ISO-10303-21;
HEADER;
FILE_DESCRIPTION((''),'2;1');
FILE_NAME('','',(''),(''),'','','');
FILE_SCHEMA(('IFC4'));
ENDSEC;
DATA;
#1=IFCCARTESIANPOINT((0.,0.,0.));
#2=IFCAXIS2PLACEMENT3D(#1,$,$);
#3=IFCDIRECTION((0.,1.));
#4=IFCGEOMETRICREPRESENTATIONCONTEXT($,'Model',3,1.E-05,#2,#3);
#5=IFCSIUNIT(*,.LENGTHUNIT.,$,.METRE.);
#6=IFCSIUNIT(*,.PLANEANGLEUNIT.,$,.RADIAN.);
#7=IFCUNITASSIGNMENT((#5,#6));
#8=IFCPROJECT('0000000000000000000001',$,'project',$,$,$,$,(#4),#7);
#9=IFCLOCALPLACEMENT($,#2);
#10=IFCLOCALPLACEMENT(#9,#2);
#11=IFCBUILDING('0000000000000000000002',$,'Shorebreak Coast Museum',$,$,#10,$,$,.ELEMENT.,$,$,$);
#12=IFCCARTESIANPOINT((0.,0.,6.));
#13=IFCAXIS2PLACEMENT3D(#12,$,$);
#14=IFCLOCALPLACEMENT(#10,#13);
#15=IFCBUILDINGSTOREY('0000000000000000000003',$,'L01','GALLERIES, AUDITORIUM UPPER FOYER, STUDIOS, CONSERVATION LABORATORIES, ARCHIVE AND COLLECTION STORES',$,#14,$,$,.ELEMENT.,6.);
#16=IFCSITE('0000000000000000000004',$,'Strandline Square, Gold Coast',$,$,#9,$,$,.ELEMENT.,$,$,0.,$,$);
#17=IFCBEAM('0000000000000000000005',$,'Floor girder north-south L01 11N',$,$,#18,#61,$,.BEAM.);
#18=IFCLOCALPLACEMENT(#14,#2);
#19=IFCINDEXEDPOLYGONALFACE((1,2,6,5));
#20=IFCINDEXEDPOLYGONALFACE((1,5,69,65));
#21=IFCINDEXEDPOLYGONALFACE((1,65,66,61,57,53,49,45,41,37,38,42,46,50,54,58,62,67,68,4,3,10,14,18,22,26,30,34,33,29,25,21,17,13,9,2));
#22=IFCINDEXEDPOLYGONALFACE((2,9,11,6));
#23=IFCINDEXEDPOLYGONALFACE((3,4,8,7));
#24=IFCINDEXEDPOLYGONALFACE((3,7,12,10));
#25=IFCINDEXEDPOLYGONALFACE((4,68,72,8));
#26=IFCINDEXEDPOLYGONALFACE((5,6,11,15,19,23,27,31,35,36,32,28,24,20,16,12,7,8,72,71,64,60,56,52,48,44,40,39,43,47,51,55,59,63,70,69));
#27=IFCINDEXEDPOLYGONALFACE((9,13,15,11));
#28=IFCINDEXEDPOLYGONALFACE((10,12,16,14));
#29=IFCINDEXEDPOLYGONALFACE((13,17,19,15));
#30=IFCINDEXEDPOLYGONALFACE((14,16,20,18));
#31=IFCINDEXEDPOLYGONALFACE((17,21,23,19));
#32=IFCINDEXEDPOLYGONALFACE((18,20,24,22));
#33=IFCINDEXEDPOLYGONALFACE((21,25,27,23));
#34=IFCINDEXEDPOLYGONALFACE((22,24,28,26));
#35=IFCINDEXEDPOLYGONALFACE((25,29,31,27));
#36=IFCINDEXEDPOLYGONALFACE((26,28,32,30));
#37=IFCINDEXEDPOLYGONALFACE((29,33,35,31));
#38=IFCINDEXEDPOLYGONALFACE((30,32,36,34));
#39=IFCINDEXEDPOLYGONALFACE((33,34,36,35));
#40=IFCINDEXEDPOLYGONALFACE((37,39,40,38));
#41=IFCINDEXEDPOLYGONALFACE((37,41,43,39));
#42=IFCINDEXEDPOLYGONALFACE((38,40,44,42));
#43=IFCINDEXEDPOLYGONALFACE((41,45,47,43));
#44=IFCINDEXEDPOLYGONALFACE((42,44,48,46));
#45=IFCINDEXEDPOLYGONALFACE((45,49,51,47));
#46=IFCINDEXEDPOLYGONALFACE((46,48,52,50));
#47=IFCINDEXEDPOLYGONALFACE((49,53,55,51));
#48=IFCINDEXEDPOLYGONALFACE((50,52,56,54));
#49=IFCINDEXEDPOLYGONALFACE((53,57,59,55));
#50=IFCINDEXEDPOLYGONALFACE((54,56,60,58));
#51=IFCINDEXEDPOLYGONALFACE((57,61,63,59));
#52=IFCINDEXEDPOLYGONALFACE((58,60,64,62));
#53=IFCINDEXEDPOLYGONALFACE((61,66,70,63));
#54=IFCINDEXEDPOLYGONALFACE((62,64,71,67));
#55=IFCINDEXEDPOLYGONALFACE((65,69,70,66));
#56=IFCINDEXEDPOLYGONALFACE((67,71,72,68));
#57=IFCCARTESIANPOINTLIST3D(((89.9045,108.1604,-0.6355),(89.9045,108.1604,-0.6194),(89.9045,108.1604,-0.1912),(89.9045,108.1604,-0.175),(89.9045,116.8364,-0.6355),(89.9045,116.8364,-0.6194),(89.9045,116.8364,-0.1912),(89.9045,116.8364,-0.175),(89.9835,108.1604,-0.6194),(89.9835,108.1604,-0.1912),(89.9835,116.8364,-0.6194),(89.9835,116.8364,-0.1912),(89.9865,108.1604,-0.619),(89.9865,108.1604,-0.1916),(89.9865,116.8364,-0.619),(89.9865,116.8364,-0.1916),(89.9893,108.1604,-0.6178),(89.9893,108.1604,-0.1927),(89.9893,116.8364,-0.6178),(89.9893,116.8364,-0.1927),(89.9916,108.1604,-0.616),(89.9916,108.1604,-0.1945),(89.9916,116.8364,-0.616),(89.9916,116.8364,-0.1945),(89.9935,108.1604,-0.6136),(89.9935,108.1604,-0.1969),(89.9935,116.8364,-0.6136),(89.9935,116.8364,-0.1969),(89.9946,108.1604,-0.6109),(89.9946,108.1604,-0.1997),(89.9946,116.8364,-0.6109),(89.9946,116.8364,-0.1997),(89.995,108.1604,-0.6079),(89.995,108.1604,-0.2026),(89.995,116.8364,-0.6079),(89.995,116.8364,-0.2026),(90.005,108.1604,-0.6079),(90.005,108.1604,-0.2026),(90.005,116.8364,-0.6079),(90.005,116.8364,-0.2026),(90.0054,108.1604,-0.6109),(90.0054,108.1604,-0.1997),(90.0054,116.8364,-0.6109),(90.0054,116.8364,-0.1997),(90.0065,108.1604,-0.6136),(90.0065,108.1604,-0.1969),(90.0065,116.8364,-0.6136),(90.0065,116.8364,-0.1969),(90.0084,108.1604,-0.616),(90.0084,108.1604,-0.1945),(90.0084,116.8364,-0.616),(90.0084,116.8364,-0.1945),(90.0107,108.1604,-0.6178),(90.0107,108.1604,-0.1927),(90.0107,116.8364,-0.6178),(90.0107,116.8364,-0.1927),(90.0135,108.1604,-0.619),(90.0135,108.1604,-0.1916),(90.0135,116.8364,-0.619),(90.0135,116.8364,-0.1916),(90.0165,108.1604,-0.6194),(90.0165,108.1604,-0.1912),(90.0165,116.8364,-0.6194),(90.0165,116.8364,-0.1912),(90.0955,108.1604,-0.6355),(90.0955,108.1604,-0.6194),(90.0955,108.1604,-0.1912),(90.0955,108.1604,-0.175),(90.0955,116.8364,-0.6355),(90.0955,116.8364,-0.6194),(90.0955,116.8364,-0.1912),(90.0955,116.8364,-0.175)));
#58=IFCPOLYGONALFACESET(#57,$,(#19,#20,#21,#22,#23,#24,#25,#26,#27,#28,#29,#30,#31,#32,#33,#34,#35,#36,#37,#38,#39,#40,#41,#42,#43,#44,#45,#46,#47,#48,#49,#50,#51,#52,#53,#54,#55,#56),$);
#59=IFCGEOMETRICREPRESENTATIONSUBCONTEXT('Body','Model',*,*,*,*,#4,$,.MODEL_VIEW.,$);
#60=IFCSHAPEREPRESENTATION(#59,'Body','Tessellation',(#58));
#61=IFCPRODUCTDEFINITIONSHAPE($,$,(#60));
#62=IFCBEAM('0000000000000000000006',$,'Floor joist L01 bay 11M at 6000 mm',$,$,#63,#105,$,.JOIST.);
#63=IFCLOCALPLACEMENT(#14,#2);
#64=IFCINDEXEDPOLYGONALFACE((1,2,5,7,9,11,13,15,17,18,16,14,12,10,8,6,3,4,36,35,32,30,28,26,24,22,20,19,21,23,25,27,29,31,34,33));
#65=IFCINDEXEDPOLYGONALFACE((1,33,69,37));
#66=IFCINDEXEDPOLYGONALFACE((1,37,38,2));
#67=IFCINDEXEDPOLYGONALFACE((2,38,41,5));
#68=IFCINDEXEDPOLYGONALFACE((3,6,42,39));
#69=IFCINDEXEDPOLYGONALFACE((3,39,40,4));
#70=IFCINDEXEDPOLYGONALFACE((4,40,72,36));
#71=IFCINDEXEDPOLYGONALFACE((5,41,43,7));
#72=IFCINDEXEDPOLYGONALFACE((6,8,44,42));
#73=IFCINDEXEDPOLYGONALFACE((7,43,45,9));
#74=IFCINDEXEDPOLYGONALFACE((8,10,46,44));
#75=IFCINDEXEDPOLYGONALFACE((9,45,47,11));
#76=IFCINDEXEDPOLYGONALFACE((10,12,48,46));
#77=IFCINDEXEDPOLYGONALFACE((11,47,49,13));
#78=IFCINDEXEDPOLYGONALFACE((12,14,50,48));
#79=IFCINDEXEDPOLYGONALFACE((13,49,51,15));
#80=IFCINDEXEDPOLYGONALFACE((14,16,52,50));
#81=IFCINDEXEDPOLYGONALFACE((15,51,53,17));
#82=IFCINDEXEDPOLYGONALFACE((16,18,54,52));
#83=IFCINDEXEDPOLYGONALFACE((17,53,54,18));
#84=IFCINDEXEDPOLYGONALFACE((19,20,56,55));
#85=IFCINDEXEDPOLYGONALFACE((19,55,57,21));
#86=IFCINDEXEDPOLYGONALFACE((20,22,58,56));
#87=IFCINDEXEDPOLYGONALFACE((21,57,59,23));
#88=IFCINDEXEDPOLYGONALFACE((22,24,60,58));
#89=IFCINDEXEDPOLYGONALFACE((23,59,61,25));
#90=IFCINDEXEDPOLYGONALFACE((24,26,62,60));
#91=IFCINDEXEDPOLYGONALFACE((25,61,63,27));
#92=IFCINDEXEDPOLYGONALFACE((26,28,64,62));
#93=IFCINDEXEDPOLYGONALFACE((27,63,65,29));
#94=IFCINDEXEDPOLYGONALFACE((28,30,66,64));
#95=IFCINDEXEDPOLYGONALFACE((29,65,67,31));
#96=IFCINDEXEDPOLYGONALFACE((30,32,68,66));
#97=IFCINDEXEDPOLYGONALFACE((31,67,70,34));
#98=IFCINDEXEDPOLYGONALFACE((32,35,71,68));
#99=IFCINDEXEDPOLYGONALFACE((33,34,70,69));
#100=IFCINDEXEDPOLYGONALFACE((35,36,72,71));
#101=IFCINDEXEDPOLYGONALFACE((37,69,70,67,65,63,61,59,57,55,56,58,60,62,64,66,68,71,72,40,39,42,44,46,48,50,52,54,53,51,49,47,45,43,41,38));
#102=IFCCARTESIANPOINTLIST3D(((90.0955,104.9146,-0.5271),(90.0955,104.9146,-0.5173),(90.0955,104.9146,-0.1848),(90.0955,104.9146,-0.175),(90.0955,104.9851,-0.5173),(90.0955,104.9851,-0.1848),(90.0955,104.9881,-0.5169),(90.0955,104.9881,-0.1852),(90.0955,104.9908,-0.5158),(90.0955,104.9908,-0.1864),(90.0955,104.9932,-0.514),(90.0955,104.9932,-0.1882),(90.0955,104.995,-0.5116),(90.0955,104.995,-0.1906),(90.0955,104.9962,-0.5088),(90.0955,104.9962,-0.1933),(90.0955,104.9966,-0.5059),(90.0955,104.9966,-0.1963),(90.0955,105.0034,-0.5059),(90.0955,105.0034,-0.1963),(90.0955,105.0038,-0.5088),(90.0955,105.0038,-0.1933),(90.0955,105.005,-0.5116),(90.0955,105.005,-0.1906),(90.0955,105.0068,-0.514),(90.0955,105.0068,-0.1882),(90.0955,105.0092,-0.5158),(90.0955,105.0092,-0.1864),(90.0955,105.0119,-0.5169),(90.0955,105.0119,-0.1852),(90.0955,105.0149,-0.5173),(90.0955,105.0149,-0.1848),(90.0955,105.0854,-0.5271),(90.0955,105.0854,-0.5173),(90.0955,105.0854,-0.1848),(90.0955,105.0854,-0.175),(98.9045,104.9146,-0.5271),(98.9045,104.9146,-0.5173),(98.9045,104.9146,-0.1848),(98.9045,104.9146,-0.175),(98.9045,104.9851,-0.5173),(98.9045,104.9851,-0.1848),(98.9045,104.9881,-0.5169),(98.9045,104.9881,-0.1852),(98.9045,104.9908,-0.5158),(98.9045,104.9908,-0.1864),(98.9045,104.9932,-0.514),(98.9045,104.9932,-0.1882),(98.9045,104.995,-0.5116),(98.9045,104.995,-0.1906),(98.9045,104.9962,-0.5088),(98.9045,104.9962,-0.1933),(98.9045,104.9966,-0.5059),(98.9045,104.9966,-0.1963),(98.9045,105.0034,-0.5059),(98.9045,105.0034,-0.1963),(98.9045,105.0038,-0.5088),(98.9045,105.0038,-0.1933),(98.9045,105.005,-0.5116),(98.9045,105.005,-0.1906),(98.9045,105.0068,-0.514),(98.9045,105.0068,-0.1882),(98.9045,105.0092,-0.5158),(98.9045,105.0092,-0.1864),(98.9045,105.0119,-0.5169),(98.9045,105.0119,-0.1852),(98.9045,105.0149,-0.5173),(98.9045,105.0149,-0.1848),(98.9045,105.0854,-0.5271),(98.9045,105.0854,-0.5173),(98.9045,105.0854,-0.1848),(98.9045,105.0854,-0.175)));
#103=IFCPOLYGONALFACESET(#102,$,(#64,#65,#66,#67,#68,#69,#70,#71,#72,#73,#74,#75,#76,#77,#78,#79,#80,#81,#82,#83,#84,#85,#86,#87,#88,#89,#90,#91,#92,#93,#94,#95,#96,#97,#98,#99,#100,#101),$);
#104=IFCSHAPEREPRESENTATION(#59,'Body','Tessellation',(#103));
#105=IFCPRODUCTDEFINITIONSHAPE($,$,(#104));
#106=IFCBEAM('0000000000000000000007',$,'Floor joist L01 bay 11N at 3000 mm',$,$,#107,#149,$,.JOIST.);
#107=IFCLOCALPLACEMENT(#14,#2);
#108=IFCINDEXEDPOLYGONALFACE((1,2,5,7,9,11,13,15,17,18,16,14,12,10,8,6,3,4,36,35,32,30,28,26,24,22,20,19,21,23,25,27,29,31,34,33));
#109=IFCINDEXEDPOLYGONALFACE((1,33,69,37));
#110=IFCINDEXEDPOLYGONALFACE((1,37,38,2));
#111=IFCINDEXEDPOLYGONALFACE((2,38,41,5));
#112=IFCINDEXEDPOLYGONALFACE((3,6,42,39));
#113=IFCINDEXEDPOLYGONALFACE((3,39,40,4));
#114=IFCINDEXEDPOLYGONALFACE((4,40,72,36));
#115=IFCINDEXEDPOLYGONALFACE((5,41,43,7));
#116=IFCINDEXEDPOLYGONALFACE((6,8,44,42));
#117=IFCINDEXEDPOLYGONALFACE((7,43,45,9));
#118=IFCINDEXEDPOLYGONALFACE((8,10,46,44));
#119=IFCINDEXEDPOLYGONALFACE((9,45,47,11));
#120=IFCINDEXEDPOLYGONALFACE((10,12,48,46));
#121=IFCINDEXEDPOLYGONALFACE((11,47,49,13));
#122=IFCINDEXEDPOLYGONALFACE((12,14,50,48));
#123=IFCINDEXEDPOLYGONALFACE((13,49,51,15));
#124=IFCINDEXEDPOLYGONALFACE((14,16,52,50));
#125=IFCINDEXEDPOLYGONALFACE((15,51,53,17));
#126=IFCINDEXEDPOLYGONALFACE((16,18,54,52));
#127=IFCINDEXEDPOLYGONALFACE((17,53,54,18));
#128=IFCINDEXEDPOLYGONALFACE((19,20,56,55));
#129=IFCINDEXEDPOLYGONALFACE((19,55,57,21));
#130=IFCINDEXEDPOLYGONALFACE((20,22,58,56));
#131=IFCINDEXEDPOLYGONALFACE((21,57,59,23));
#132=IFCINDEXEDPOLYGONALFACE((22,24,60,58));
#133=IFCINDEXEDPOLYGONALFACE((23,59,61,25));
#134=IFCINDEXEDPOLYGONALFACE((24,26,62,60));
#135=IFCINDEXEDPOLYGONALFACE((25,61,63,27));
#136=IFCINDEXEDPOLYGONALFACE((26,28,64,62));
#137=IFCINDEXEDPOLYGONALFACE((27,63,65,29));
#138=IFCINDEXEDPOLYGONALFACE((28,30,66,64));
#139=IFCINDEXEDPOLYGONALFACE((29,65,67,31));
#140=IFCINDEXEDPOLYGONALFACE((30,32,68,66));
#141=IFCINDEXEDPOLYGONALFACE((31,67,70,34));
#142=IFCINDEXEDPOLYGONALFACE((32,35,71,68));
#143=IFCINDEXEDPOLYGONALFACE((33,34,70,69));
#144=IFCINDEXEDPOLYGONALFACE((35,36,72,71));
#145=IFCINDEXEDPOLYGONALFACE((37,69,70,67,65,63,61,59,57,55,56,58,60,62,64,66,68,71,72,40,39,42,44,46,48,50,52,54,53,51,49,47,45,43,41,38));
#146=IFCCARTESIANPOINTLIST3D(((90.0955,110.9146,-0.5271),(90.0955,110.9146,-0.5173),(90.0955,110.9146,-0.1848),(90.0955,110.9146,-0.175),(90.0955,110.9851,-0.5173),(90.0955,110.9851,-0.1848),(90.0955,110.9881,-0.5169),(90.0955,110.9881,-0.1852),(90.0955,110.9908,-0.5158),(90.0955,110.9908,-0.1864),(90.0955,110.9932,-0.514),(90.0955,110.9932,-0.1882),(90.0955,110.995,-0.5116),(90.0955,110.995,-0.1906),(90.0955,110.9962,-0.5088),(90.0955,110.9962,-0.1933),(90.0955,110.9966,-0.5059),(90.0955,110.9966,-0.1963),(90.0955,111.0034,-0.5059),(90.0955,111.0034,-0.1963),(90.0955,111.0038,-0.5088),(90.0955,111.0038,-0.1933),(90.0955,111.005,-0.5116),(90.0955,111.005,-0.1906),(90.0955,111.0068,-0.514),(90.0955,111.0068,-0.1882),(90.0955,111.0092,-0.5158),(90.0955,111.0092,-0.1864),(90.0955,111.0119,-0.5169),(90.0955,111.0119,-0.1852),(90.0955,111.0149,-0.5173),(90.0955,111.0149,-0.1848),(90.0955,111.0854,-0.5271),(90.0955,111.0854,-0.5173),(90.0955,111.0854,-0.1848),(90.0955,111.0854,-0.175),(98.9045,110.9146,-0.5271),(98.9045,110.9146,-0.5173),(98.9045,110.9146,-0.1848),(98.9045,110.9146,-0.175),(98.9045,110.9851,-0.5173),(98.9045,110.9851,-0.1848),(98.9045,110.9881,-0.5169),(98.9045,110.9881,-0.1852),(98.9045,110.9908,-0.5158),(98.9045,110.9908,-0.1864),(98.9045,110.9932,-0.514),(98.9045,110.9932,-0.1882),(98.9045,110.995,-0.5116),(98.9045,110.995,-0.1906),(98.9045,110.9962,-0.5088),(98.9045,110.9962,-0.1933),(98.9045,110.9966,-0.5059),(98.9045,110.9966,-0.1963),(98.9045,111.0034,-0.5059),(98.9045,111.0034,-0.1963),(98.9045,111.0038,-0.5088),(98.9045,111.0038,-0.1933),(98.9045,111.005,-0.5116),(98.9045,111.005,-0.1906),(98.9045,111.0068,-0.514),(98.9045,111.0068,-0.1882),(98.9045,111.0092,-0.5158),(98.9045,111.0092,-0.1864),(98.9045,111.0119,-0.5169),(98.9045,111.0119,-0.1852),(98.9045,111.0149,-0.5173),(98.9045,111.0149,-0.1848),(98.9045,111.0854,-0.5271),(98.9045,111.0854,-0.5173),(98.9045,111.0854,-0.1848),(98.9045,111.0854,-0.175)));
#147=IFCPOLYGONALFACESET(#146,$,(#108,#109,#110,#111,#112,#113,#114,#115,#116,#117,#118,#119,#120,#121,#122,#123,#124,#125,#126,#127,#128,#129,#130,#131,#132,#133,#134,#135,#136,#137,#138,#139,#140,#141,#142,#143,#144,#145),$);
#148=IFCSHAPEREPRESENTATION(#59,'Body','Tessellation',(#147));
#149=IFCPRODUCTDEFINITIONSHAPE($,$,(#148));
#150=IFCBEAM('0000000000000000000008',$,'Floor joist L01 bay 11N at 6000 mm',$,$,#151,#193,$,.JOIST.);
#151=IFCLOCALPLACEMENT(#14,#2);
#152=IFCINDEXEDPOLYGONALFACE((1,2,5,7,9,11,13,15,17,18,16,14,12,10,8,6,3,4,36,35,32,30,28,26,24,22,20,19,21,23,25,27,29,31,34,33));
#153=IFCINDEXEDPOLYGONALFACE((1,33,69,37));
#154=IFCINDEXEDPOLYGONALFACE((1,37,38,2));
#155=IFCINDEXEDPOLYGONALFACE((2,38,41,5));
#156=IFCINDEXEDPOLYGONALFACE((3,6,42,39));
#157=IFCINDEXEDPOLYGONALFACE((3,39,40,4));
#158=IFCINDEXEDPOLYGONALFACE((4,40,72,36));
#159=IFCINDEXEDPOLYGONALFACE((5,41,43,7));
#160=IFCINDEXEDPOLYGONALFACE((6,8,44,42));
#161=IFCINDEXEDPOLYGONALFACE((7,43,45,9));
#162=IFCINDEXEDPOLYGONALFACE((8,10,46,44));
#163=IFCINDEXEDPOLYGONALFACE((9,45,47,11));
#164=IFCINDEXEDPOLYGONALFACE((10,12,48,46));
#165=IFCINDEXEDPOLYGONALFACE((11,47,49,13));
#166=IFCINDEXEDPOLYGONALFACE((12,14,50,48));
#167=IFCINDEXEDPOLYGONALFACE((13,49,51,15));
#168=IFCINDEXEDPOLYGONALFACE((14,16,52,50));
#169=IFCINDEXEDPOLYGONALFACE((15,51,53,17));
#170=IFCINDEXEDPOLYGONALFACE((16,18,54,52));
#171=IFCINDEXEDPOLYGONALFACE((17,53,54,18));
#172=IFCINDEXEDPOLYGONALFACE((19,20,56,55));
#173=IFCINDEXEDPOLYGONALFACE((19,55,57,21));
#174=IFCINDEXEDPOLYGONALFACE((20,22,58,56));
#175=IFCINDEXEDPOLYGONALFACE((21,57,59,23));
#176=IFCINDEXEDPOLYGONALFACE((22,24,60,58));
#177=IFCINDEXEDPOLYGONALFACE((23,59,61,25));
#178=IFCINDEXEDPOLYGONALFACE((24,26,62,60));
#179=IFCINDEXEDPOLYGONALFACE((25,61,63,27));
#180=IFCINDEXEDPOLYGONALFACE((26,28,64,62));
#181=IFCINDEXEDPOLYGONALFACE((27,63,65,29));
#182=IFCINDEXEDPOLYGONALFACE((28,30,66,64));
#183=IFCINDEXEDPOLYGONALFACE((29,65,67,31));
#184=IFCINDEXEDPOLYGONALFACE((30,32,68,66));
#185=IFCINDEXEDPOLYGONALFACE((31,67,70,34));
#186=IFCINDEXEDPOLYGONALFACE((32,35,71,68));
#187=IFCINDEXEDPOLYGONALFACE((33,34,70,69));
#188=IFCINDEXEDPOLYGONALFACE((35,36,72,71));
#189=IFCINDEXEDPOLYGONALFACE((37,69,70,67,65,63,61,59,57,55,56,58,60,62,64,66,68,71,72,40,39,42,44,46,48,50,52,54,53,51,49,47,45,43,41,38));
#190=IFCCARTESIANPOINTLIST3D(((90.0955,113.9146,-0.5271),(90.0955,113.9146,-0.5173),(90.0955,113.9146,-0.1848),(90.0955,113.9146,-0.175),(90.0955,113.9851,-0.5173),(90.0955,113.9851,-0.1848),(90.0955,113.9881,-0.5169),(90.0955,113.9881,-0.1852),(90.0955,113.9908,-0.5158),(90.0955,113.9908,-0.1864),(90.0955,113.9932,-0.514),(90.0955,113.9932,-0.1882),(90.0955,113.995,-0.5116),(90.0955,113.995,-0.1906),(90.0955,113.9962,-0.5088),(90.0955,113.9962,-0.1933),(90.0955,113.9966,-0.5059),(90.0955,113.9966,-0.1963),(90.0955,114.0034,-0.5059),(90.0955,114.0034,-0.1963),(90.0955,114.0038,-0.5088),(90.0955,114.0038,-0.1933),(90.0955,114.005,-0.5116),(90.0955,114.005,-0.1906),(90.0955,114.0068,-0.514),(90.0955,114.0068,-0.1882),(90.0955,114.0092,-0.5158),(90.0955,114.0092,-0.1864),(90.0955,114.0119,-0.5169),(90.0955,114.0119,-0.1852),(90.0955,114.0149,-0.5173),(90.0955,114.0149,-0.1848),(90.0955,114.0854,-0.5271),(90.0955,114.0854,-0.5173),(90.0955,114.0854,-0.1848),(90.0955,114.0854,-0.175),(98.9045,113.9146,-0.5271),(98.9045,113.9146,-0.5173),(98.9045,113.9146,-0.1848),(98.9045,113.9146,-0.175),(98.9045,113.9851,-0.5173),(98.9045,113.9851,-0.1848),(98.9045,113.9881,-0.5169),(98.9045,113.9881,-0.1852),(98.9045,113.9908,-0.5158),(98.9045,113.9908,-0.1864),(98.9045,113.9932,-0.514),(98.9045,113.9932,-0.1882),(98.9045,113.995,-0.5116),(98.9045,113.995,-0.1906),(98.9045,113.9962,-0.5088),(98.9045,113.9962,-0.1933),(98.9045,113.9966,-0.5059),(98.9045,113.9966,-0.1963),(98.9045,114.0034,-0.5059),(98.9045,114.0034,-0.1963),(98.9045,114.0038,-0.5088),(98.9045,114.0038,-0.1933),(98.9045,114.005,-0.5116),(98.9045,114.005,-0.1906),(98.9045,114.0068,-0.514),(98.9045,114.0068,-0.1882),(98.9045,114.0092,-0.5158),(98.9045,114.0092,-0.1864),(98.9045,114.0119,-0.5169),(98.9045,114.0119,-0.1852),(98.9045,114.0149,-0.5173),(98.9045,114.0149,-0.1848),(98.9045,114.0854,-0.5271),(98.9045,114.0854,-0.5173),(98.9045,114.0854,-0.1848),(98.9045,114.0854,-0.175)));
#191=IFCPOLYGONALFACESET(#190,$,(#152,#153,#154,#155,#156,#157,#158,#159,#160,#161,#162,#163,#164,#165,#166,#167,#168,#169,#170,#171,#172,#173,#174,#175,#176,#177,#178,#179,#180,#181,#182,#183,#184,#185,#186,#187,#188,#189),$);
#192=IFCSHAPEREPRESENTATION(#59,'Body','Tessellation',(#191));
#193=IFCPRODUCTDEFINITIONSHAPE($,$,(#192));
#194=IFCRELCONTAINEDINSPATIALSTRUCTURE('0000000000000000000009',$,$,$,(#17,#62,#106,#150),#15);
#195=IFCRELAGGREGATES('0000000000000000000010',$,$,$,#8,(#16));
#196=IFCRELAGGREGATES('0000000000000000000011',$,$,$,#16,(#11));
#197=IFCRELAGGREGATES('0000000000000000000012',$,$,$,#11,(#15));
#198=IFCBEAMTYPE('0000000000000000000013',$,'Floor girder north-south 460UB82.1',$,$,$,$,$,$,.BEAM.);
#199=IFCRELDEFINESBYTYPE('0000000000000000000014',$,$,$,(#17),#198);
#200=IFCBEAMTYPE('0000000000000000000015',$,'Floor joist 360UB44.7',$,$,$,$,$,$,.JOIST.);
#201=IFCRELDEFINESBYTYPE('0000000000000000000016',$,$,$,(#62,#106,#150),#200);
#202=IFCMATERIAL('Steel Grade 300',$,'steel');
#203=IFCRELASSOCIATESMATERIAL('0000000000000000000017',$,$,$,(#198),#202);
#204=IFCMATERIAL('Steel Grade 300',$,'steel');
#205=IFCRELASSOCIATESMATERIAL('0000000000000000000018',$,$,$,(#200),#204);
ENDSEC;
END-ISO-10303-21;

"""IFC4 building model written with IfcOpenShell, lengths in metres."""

from ifc_helpers import new_model, si_unit, direction, frame, origin, origin_2d, place, context, subcontext, project, spatial, i_section, extrude, material, material_profile, profile_set, type_object, element, save


model = new_model("IFC4")

# Units and contexts
model_context = context("Model", 3, precision=1e-05, world=origin(), true_north=direction((0.0, 1.0)))
body_context = subcontext(model_context, "Body", "Model", "MODEL_VIEW")
ifc_project = project(units=[si_unit("LENGTHUNIT", "METRE"), si_unit("PLANEANGLEUNIT", "RADIAN")], contexts=[model_context])

# Site, building, storey
site_placement = place(None, origin())
site = spatial("IfcSite", under=ifc_project, at=site_placement, Name="Strandline Square, Gold Coast", CompositionType="ELEMENT", RefElevation=0.0)
building_placement = place(site_placement, origin())
building = spatial("IfcBuilding", under=site, at=building_placement, Name="Shorebreak Coast Museum", CompositionType="ELEMENT")
storey_placement = place(building_placement, frame((0.0, 0.0, 6.0)))
storey = spatial("IfcBuildingStorey", under=building, at=storey_placement, Name="L01", Description="GALLERIES, AUDITORIUM UPPER FOYER, STUDIOS, CONSERVATION LABORATORIES, ARCHIVE AND COLLECTION STORES", CompositionType="ELEMENT", Elevation=6.0)

# Beams
ifc_material_1 = material(Name="Steel Grade 300", Category="steel")
ifc_material_profile_1 = material_profile(ifc_material_1, i_section(OverallWidth=0.1909, OverallDepth=0.4604, WebThickness=0.01, FlangeThickness=0.0161, FilletRadius=0.0115, at=origin_2d()), Name="460UB82.1")
ifc_profile_set_1 = profile_set([ifc_material_profile_1], Name="Steel Grade 300")
beam_type_1 = type_object("IfcBeamType", Name="Floor girder north-south 460UB82.1", PredefinedType="BEAM", material=ifc_profile_set_1)
beam_1_placement = place(storey_placement, frame((90.0, 108.1604, -0.4053), z_axis=(0.0, 1.0, 0.0), x_axis=(-1.0, 0.0, 0.0)))
element("IfcBeam", 1, at=beam_1_placement, inside=storey, type_object=beam_type_1, Name="Floor girder north-south L01 11N", PredefinedType="BEAM", context=body_context, shape_type="SweptSolid", body=[
    extrude(i_section(OverallWidth=0.1909, OverallDepth=0.4604, WebThickness=0.01, FlangeThickness=0.0161, FilletRadius=0.0115, at=origin_2d()), origin(), (0.0, 0.0, 1.0), 8.676),
])
ifc_material_2 = material(Name="Steel Grade 300", Category="steel")
ifc_material_profile_2 = material_profile(ifc_material_2, i_section(OverallWidth=0.1709, OverallDepth=0.3521, WebThickness=0.0068, FlangeThickness=0.0098, FilletRadius=0.0115, at=origin_2d()), Name="360UB44.7")
ifc_profile_set_2 = profile_set([ifc_material_profile_2], Name="Steel Grade 300")
beam_type_2 = type_object("IfcBeamType", Name="Floor joist 360UB44.7", PredefinedType="JOIST", material=ifc_profile_set_2)
for number, where, z_axis, x_axis, name in (
    (2, (90.0955, 105.0, -0.3511), (1.0, 0.0, 0.0), (0.0, 1.0, 0.0), "Floor joist L01 bay 11M at 6000 mm"),
    (3, (90.0955, 111.0, -0.3511), (1.0, 0.0, 0.0), (0.0, 1.0, 0.0), "Floor joist L01 bay 11N at 3000 mm"),
    (4, (90.0955, 114.0, -0.3511), (1.0, 0.0, 0.0), (0.0, 1.0, 0.0), "Floor joist L01 bay 11N at 6000 mm"),
):
    element("IfcBeam", number, at=place(storey_placement, frame(where, z_axis=z_axis, x_axis=x_axis)), inside=storey, type_object=beam_type_2, Name=name, PredefinedType="JOIST", context=body_context, shape_type="SweptSolid", body=[
        extrude(i_section(OverallWidth=0.1709, OverallDepth=0.3521, WebThickness=0.0068, FlangeThickness=0.0098, FilletRadius=0.0115, at=origin_2d()), origin(), (0.0, 0.0, 1.0), 8.8091),
    ])

save(model, "model.ifc")
